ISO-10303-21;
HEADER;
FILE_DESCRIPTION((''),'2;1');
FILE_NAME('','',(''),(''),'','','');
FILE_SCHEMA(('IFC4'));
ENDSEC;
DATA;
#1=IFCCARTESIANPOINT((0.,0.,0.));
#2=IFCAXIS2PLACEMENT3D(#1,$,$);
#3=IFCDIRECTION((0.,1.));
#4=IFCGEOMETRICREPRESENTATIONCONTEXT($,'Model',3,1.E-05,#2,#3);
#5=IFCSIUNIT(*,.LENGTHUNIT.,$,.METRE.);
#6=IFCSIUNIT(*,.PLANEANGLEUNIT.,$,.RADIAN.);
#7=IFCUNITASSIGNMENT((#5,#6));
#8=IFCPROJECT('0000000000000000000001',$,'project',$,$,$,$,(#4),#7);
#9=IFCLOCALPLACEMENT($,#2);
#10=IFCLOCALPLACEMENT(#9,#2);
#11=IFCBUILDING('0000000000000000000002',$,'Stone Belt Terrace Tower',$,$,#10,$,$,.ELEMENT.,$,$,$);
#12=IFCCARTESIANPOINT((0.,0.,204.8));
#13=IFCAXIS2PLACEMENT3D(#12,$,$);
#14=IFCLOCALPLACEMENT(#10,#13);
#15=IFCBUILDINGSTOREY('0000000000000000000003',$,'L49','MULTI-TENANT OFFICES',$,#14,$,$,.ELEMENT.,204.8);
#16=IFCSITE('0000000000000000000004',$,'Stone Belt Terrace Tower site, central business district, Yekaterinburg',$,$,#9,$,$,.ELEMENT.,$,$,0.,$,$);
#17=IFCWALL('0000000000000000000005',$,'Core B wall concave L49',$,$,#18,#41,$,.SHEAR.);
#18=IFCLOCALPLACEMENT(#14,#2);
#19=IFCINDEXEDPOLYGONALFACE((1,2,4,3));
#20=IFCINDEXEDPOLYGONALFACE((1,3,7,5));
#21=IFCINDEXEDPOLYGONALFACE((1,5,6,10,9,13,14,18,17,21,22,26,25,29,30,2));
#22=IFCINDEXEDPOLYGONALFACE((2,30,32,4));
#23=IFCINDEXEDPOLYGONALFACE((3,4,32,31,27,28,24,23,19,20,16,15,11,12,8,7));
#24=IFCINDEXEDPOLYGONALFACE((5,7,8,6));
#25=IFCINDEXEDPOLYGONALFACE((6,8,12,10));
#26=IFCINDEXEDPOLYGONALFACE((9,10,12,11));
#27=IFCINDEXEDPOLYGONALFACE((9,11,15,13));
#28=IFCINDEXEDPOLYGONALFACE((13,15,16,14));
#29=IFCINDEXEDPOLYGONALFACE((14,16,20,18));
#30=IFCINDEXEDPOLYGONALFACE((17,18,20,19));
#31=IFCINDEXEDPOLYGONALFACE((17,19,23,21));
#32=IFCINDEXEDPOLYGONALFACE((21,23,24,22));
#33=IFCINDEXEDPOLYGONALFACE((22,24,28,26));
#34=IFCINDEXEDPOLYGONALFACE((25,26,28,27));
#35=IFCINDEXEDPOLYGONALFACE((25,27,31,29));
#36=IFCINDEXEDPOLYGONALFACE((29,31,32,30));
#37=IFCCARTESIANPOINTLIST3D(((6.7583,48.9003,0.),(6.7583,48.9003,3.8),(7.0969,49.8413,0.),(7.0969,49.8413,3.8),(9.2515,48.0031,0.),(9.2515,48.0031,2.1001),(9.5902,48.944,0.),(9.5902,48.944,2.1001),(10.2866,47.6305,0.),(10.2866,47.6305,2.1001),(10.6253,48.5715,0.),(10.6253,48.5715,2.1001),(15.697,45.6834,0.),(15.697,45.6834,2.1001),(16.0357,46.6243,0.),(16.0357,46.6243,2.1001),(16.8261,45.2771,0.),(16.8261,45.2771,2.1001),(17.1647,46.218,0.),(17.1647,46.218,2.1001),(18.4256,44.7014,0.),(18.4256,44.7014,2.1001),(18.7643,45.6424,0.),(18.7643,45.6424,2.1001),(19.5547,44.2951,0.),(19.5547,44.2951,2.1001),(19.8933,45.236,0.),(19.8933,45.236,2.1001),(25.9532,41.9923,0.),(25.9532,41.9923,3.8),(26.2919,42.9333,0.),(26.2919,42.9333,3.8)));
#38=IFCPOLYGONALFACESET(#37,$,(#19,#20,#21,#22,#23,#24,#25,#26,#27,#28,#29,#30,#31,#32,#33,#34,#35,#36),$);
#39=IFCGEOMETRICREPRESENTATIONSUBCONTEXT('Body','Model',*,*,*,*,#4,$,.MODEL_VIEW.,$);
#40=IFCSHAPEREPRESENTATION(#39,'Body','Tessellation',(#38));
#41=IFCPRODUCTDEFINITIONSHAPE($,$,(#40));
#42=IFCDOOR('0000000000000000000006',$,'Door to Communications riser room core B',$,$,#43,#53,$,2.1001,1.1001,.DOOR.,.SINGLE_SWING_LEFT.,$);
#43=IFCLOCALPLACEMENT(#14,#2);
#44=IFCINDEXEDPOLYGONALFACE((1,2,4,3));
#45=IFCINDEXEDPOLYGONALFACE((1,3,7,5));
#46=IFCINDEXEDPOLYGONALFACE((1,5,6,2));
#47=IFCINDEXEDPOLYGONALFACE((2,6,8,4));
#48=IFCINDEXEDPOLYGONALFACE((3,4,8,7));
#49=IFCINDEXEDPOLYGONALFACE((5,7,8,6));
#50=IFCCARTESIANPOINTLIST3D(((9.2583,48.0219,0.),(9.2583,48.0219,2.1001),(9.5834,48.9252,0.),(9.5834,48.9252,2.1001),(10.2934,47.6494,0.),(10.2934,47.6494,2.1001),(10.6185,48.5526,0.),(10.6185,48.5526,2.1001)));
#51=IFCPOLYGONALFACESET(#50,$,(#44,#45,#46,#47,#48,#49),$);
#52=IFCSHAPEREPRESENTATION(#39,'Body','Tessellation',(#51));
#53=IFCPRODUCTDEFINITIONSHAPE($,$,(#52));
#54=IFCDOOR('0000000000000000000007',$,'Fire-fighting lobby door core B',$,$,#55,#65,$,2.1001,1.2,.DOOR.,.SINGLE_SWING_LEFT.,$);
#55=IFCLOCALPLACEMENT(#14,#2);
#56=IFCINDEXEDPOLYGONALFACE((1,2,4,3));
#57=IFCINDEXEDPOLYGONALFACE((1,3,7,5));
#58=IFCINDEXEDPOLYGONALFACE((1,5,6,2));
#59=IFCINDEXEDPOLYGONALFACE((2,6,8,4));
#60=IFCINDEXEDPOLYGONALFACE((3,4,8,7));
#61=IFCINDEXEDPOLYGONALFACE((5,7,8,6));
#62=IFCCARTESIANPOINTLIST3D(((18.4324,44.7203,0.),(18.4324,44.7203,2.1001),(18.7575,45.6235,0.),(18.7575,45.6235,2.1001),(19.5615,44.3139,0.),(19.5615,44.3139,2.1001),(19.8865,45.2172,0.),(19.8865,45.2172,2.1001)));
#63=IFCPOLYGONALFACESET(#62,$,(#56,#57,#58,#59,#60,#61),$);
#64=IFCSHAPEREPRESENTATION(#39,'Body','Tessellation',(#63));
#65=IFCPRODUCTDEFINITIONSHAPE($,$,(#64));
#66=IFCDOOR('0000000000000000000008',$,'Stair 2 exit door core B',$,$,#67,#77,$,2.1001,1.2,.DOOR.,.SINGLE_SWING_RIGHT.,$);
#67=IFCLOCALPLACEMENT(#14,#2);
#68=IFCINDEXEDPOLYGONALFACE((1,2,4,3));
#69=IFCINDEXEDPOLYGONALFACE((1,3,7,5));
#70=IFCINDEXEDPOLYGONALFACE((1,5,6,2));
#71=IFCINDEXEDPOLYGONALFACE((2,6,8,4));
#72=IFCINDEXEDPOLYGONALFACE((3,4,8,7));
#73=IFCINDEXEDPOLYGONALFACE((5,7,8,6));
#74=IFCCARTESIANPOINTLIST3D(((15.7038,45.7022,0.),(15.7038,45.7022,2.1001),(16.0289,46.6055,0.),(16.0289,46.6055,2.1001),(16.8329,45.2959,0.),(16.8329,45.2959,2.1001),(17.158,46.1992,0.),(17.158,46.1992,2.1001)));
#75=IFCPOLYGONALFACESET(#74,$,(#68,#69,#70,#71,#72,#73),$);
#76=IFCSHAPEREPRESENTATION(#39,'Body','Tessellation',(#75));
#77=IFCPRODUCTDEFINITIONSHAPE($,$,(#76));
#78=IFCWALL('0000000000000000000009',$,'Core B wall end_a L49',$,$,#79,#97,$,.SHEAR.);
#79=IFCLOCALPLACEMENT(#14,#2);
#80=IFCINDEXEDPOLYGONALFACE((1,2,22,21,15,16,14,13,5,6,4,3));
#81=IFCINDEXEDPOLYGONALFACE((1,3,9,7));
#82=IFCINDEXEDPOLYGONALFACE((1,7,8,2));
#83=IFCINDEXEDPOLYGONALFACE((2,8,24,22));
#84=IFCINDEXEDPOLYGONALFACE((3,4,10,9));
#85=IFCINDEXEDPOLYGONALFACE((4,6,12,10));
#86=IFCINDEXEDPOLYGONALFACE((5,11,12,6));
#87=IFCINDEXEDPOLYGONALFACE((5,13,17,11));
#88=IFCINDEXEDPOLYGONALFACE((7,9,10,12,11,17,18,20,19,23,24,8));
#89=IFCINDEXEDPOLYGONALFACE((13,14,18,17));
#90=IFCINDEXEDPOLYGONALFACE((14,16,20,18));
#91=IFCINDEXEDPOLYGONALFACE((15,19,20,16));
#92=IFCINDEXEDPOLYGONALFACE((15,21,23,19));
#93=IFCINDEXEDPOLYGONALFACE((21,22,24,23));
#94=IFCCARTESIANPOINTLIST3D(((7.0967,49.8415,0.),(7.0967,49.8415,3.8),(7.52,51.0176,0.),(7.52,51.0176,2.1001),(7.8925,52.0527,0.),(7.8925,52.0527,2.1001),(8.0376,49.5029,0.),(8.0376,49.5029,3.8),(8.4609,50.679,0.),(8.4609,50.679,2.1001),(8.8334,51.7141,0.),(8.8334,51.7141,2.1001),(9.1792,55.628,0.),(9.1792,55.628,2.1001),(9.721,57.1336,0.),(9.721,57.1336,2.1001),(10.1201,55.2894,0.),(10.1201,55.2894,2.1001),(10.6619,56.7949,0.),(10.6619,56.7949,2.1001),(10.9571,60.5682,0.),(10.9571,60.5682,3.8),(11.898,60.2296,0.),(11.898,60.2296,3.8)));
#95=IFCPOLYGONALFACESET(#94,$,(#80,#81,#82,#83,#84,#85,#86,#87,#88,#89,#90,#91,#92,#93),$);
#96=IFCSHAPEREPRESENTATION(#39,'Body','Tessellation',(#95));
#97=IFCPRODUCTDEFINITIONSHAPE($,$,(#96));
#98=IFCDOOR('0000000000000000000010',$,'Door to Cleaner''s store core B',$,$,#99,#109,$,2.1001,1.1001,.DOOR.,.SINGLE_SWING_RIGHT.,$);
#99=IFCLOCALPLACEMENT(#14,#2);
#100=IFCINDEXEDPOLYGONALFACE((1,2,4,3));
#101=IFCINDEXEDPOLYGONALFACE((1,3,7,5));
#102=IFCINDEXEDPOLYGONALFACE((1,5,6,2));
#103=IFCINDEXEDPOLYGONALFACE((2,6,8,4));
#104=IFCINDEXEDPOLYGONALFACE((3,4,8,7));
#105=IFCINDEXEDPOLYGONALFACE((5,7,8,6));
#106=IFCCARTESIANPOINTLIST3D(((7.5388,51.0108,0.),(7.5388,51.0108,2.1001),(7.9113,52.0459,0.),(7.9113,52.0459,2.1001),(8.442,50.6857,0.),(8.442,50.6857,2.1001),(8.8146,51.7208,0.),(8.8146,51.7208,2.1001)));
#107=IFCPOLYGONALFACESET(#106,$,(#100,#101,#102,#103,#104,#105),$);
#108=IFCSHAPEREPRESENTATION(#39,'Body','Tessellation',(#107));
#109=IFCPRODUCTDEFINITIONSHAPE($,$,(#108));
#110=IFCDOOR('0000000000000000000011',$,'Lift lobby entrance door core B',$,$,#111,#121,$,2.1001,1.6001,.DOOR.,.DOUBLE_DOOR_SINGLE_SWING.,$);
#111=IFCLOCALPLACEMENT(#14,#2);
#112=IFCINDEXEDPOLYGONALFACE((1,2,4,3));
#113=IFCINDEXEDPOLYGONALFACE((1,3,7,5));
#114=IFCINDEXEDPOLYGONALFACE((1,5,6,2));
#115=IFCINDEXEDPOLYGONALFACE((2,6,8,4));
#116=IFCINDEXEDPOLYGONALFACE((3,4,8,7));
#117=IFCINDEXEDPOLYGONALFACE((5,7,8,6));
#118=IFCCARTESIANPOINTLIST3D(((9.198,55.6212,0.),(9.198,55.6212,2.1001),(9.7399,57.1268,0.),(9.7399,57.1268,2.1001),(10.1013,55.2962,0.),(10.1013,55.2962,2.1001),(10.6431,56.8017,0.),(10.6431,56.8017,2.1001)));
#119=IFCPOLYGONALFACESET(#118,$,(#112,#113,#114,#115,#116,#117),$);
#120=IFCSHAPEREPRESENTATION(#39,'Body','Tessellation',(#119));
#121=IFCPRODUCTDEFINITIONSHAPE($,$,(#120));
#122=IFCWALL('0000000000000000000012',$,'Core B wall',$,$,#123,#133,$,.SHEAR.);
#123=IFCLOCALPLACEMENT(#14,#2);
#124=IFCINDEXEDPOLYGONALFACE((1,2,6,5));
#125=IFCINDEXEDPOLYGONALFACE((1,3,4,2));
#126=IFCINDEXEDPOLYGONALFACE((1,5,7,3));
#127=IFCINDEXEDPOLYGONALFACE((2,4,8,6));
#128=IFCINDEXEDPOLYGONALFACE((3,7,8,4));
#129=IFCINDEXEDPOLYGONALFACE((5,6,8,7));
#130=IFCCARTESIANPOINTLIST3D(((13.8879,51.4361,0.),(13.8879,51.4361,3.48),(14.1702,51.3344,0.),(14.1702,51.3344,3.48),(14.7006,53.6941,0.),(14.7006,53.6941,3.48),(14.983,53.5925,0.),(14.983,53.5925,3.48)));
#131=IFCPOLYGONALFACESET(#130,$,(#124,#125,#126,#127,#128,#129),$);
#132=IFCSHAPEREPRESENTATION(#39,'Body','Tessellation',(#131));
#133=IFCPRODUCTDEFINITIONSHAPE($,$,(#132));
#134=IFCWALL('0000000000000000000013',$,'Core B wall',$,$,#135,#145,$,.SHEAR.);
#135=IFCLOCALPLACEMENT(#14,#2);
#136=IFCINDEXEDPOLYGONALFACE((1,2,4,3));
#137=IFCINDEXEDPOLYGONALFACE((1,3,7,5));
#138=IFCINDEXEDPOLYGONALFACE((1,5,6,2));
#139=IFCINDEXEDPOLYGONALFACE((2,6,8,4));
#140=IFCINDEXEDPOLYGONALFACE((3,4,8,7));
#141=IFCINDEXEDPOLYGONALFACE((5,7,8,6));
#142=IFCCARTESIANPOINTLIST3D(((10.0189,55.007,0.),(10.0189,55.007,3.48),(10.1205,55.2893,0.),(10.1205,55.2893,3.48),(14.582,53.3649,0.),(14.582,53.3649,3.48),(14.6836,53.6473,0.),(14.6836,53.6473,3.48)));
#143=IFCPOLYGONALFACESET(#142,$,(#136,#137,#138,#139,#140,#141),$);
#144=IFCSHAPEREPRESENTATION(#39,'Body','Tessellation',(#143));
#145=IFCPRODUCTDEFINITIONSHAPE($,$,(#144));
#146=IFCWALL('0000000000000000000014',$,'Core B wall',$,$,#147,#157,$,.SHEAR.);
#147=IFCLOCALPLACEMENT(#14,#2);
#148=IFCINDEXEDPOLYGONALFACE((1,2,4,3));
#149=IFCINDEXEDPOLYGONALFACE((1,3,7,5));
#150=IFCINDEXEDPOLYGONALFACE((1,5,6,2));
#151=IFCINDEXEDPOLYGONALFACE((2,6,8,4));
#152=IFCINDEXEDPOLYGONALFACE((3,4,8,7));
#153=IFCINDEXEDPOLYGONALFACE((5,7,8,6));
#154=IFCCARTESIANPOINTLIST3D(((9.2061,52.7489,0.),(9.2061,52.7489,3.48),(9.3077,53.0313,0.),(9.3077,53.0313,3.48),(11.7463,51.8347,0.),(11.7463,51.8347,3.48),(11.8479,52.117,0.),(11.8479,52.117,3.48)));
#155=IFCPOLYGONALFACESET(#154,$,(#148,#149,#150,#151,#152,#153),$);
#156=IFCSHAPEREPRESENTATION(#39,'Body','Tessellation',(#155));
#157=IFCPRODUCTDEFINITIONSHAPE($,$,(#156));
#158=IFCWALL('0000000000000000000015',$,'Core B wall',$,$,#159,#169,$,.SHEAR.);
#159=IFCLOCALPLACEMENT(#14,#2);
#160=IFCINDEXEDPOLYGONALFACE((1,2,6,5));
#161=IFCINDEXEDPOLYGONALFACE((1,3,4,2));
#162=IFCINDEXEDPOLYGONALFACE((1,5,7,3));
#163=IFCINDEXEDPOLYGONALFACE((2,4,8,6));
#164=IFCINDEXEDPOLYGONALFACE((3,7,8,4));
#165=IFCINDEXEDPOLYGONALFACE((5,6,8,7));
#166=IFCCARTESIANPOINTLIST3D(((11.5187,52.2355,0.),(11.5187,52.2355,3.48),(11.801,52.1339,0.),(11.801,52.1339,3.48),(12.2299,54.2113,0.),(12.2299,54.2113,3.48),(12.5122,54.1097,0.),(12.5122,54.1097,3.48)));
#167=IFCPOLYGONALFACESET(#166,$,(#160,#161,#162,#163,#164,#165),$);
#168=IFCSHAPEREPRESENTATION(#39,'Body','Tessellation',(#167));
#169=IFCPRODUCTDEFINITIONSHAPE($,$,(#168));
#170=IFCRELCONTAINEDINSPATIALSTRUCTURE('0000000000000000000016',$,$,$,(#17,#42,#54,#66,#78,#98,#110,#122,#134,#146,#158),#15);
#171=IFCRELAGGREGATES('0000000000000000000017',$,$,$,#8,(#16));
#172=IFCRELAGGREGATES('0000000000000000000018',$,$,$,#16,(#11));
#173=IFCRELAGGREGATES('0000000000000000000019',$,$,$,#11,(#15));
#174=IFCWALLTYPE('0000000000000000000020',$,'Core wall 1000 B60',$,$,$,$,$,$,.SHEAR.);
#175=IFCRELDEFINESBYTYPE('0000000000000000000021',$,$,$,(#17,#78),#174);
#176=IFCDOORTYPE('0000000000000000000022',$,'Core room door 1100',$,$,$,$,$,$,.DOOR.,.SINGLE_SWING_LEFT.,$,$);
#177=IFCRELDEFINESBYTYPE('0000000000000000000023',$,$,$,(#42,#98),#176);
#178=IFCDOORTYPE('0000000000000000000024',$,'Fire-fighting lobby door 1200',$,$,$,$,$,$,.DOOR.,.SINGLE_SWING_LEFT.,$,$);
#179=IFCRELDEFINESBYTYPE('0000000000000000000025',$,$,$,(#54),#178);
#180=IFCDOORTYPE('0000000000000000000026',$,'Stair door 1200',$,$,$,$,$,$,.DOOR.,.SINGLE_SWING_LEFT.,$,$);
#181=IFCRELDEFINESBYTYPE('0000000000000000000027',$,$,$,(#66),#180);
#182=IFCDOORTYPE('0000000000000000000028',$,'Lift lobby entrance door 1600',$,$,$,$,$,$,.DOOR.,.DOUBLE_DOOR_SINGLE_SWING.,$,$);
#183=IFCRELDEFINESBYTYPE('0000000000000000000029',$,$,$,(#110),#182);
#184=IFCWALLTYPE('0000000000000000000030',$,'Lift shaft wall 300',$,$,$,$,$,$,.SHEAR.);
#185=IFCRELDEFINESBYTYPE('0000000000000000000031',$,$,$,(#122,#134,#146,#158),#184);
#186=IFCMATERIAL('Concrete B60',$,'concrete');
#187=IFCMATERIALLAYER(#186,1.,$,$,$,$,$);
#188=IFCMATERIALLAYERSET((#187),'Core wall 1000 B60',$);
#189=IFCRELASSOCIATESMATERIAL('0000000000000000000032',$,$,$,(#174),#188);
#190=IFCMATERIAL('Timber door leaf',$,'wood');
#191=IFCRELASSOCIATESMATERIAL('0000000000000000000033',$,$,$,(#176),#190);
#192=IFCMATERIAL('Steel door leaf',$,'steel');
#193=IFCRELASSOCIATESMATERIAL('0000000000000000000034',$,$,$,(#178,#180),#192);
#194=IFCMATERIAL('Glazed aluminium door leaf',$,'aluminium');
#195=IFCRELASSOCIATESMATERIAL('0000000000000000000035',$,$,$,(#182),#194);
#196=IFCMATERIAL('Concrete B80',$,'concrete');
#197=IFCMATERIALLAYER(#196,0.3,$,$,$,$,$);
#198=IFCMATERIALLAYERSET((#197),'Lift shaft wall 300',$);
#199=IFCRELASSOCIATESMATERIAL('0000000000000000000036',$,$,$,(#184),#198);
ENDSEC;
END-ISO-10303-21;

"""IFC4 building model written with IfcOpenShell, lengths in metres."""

from ifc_helpers import new_model, si_unit, direction, frame, frame_2d, origin, place, context, subcontext, project, spatial, rectangle, extrude, material, layer, layer_set, type_object, element, fill, save


model = new_model("IFC4")

# Units and contexts
model_context = context("Model", 3, precision=1e-05, world=origin(), true_north=direction((0.0, 1.0)))
body_context = subcontext(model_context, "Body", "Model", "MODEL_VIEW")
ifc_project = project(units=[si_unit("LENGTHUNIT", "METRE"), si_unit("PLANEANGLEUNIT", "RADIAN")], contexts=[model_context])

# Site, building, storey
site_placement = place(None, origin())
site = spatial("IfcSite", under=ifc_project, at=site_placement, Name="Stone Belt Terrace Tower site, central business district, Yekaterinburg", CompositionType="ELEMENT", RefElevation=0.0)
building_placement = place(site_placement, origin())
building = spatial("IfcBuilding", under=site, at=building_placement, Name="Stone Belt Terrace Tower", CompositionType="ELEMENT")
storey_placement = place(building_placement, frame((0.0, 0.0, 204.8)))
storey = spatial("IfcBuildingStorey", under=building, at=storey_placement, Name="L49", Description="MULTI-TENANT OFFICES", CompositionType="ELEMENT", Elevation=204.8)

# Walls, openings, doors
ifc_material_1 = material(Name="Concrete B60", Category="concrete")
ifc_layer_1 = layer(ifc_material_1, 1.0)
ifc_layer_set_1 = layer_set([ifc_layer_1], Name="Core wall 1000 B60")
wall_type_1 = type_object("IfcWallType", Name="Core wall 1000 B60", PredefinedType="SHEAR", material=ifc_layer_set_1)
wall_1_placement = place(storey_placement, frame((6.9275, 49.3708, 0.0), z_axis=(0.0, 0.0, 1.0), x_axis=(0.940921, -0.338625, 0.0)))
wall_1 = element("IfcWall", 1, at=wall_1_placement, inside=storey, type_object=wall_type_1, Name="Core B wall concave L49", PredefinedType="SHEAR", context=body_context, shape_type="SweptSolid", body=[
    extrude(rectangle(XDim=20.4001, YDim=1.0, at=frame_2d((10.2002, 0.0))), origin(), (0.0, 0.0, 1.0), 3.8),
])
opening_1_placement = place(wall_1_placement, frame((12.3999, 0.0, 0.0)))
opening_1 = element("IfcOpeningElement", 2, at=opening_1_placement, cuts=wall_1, PredefinedType="OPENING", context=body_context, shape_type="SweptSolid", body=[
    extrude(rectangle(XDim=1.2, YDim=2.1001, at=frame_2d((0.6001, 1.05))), frame((0.0, 0.51, 0.0), z_axis=(0.0, -1.0, 0.0), x_axis=(1.0, 0.0, 0.0)), (0.0, 0.0, 1.0), 1.02),
])
opening_2_placement = place(wall_1_placement, frame((9.5, 0.0, 0.0)))
opening_2 = element("IfcOpeningElement", 3, at=opening_2_placement, cuts=wall_1, PredefinedType="OPENING", context=body_context, shape_type="SweptSolid", body=[
    extrude(rectangle(XDim=1.2, YDim=2.1001, at=frame_2d((0.6001, 1.05))), frame((0.0, 0.51, 0.0), z_axis=(0.0, -1.0, 0.0), x_axis=(1.0, 0.0, 0.0)), (0.0, 0.0, 1.0), 1.02),
])
opening_3_placement = place(wall_1_placement, frame((2.6499, 0.0, 0.0)))
opening_3 = element("IfcOpeningElement", 4, at=opening_3_placement, cuts=wall_1, PredefinedType="OPENING", context=body_context, shape_type="SweptSolid", body=[
    extrude(rectangle(XDim=1.1001, YDim=2.1001, at=frame_2d((0.55, 1.05))), frame((0.0, 0.51, 0.0), z_axis=(0.0, -1.0, 0.0), x_axis=(1.0, 0.0, 0.0)), (0.0, 0.0, 1.0), 1.02),
])
ifc_material_2 = material(Name="Timber door leaf", Category="wood")
door_type_1 = type_object("IfcDoorType", Name="Core room door 1100", OperationType="SINGLE_SWING_LEFT", PredefinedType="DOOR", material=ifc_material_2)
door_1_placement = place(opening_3_placement, origin())
door_1 = element("IfcDoor", 5, at=door_1_placement, inside=storey, type_object=door_type_1, Name="Door to Communications riser room core B", OperationType="SINGLE_SWING_LEFT", OverallHeight=2.1001, OverallWidth=1.1001, PredefinedType="DOOR", context=body_context, shape_type="SweptSolid", body=[
    extrude(rectangle(XDim=1.1001, YDim=2.1001, at=frame_2d((0.55, 1.05))), frame((0.0, 0.48, 0.0), z_axis=(0.0, -1.0, 0.0), x_axis=(1.0, 0.0, 0.0)), (0.0, 0.0, 1.0), 0.96),
])
fill(opening_3, door_1)
ifc_material_3 = material(Name="Steel door leaf", Category="steel")
door_type_2 = type_object("IfcDoorType", Name="Fire-fighting lobby door 1200", OperationType="SINGLE_SWING_LEFT", PredefinedType="DOOR", material=ifc_material_3)
door_2_placement = place(opening_1_placement, origin())
door_2 = element("IfcDoor", 6, at=door_2_placement, inside=storey, type_object=door_type_2, Name="Fire-fighting lobby door core B", OperationType="SINGLE_SWING_LEFT", OverallHeight=2.1001, OverallWidth=1.2, PredefinedType="DOOR", context=body_context, shape_type="SweptSolid", body=[
    extrude(rectangle(XDim=1.2, YDim=2.1001, at=frame_2d((0.6001, 1.05))), frame((0.0, 0.48, 0.0), z_axis=(0.0, -1.0, 0.0), x_axis=(1.0, 0.0, 0.0)), (0.0, 0.0, 1.0), 0.96),
])
fill(opening_1, door_2)
door_type_3 = type_object("IfcDoorType", Name="Stair door 1200", OperationType="SINGLE_SWING_LEFT", PredefinedType="DOOR", material=ifc_material_3)
door_3_placement = place(opening_2_placement, origin())
door_3 = element("IfcDoor", 7, at=door_3_placement, inside=storey, type_object=door_type_3, Name="Stair 2 exit door core B", OperationType="SINGLE_SWING_RIGHT", OverallHeight=2.1001, OverallWidth=1.2, PredefinedType="DOOR", context=body_context, shape_type="SweptSolid", body=[
    extrude(rectangle(XDim=1.2, YDim=2.1001, at=frame_2d((0.6001, 1.05))), frame((0.0, 0.48, 0.0), z_axis=(0.0, -1.0, 0.0), x_axis=(1.0, 0.0, 0.0)), (0.0, 0.0, 1.0), 0.96),
])
fill(opening_2, door_3)
wall_2_placement = place(storey_placement, frame((7.5671, 49.6721, 0.0), z_axis=(0.0, 0.0, 1.0), x_axis=(0.338625, 0.940921, 0.0)))
wall_2 = element("IfcWall", 8, at=wall_2_placement, inside=storey, type_object=wall_type_1, Name="Core B wall end_a L49", PredefinedType="SHEAR", context=body_context, shape_type="SweptSolid", body=[
    extrude(rectangle(XDim=11.4001, YDim=1.0, at=frame_2d((5.7002, 0.0))), origin(), (0.0, 0.0, 1.0), 3.8),
])
opening_4_placement = place(wall_2_placement, frame((6.1499, 0.0, 0.0)))
opening_4 = element("IfcOpeningElement", 9, at=opening_4_placement, cuts=wall_2, PredefinedType="OPENING", context=body_context, shape_type="SweptSolid", body=[
    extrude(rectangle(XDim=1.6001, YDim=2.1001, at=frame_2d((0.8, 1.05))), frame((0.0, 0.51, 0.0), z_axis=(0.0, -1.0, 0.0), x_axis=(1.0, 0.0, 0.0)), (0.0, 0.0, 1.0), 1.02),
])
opening_5_placement = place(wall_2_placement, frame((1.25, 0.0, 0.0)))
opening_5 = element("IfcOpeningElement", 10, at=opening_5_placement, cuts=wall_2, PredefinedType="OPENING", context=body_context, shape_type="SweptSolid", body=[
    extrude(rectangle(XDim=1.1001, YDim=2.1001, at=frame_2d((0.55, 1.05))), frame((0.0, 0.51, 0.0), z_axis=(0.0, -1.0, 0.0), x_axis=(1.0, 0.0, 0.0)), (0.0, 0.0, 1.0), 1.02),
])
door_4_placement = place(opening_5_placement, origin())
door_4 = element("IfcDoor", 11, at=door_4_placement, inside=storey, type_object=door_type_1, Name="Door to Cleaner's store core B", OperationType="SINGLE_SWING_RIGHT", OverallHeight=2.1001, OverallWidth=1.1001, PredefinedType="DOOR", context=body_context, shape_type="SweptSolid", body=[
    extrude(rectangle(XDim=1.1001, YDim=2.1001, at=frame_2d((0.55, 1.05))), frame((0.0, 0.48, 0.0), z_axis=(0.0, -1.0, 0.0), x_axis=(1.0, 0.0, 0.0)), (0.0, 0.0, 1.0), 0.96),
])
fill(opening_5, door_4)
ifc_material_4 = material(Name="Glazed aluminium door leaf", Category="aluminium")
door_type_4 = type_object("IfcDoorType", Name="Lift lobby entrance door 1600", OperationType="DOUBLE_DOOR_SINGLE_SWING", PredefinedType="DOOR", material=ifc_material_4)
door_5_placement = place(opening_4_placement, origin())
door_5 = element("IfcDoor", 12, at=door_5_placement, inside=storey, type_object=door_type_4, Name="Lift lobby entrance door core B", OperationType="DOUBLE_DOOR_SINGLE_SWING", OverallHeight=2.1001, OverallWidth=1.6001, PredefinedType="DOOR", context=body_context, shape_type="SweptSolid", body=[
    extrude(rectangle(XDim=1.6001, YDim=2.1001, at=frame_2d((0.8, 1.05))), frame((0.0, 0.48, 0.0), z_axis=(0.0, -1.0, 0.0), x_axis=(1.0, 0.0, 0.0)), (0.0, 0.0, 1.0), 0.96),
])
fill(opening_4, door_5)

# Walls
ifc_material_5 = material(Name="Concrete B80", Category="concrete")
ifc_layer_2 = layer(ifc_material_5, 0.3)
ifc_layer_set_2 = layer_set([ifc_layer_2], Name="Lift shaft wall 300")
wall_type_2 = type_object("IfcWallType", Name="Lift shaft wall 300", PredefinedType="SHEAR", material=ifc_layer_set_2)
wall_3_placement = place(storey_placement, frame((14.0291, 51.3853, 0.0), z_axis=(0.0, 0.0, 1.0), x_axis=(0.338662, 0.940908, 0.0)))
element("IfcWall", 13, at=wall_3_placement, inside=storey, type_object=wall_type_2, Name="Core B wall", PredefinedType="SHEAR", context=body_context, shape_type="SweptSolid", body=[
    extrude(rectangle(XDim=2.3999, YDim=0.3, at=frame_2d((1.2, 0.0))), origin(), (0.0, 0.0, 1.0), 3.48),
])
wall_4_placement = place(storey_placement, frame((14.6328, 53.5061, 0.0), z_axis=(0.0, 0.0, 1.0), x_axis=(-0.940932, 0.338596, 0.0)))
element("IfcWall", 14, at=wall_4_placement, inside=storey, type_object=wall_type_2, Name="Core B wall", PredefinedType="SHEAR", context=body_context, shape_type="SweptSolid", body=[
    extrude(rectangle(XDim=4.8496, YDim=0.3, at=frame_2d((2.4248, 0.0))), origin(), (0.0, 0.0, 1.0), 3.48),
])
wall_5_placement = place(storey_placement, frame((11.7971, 51.9758, 0.0), z_axis=(0.0, 0.0, 1.0), x_axis=(-0.94091, 0.338655, 0.0)))
element("IfcWall", 15, at=wall_5_placement, inside=storey, type_object=wall_type_2, Name="Core B wall", PredefinedType="SHEAR", context=body_context, shape_type="SweptSolid", body=[
    extrude(rectangle(XDim=2.6997, YDim=0.3, at=frame_2d((1.3499, 0.0))), origin(), (0.0, 0.0, 1.0), 3.48),
])
wall_6_placement = place(storey_placement, frame((11.6599, 52.1848, 0.0), z_axis=(0.0, 0.0, 1.0), x_axis=(0.33867, 0.940905, 0.0)))
element("IfcWall", 16, at=wall_6_placement, inside=storey, type_object=wall_type_2, Name="Core B wall", PredefinedType="SHEAR", context=body_context, shape_type="SweptSolid", body=[
    extrude(rectangle(XDim=2.0999, YDim=0.3, at=frame_2d((1.0498, 0.0))), origin(), (0.0, 0.0, 1.0), 3.48),
])

save(model, "model.ifc")
